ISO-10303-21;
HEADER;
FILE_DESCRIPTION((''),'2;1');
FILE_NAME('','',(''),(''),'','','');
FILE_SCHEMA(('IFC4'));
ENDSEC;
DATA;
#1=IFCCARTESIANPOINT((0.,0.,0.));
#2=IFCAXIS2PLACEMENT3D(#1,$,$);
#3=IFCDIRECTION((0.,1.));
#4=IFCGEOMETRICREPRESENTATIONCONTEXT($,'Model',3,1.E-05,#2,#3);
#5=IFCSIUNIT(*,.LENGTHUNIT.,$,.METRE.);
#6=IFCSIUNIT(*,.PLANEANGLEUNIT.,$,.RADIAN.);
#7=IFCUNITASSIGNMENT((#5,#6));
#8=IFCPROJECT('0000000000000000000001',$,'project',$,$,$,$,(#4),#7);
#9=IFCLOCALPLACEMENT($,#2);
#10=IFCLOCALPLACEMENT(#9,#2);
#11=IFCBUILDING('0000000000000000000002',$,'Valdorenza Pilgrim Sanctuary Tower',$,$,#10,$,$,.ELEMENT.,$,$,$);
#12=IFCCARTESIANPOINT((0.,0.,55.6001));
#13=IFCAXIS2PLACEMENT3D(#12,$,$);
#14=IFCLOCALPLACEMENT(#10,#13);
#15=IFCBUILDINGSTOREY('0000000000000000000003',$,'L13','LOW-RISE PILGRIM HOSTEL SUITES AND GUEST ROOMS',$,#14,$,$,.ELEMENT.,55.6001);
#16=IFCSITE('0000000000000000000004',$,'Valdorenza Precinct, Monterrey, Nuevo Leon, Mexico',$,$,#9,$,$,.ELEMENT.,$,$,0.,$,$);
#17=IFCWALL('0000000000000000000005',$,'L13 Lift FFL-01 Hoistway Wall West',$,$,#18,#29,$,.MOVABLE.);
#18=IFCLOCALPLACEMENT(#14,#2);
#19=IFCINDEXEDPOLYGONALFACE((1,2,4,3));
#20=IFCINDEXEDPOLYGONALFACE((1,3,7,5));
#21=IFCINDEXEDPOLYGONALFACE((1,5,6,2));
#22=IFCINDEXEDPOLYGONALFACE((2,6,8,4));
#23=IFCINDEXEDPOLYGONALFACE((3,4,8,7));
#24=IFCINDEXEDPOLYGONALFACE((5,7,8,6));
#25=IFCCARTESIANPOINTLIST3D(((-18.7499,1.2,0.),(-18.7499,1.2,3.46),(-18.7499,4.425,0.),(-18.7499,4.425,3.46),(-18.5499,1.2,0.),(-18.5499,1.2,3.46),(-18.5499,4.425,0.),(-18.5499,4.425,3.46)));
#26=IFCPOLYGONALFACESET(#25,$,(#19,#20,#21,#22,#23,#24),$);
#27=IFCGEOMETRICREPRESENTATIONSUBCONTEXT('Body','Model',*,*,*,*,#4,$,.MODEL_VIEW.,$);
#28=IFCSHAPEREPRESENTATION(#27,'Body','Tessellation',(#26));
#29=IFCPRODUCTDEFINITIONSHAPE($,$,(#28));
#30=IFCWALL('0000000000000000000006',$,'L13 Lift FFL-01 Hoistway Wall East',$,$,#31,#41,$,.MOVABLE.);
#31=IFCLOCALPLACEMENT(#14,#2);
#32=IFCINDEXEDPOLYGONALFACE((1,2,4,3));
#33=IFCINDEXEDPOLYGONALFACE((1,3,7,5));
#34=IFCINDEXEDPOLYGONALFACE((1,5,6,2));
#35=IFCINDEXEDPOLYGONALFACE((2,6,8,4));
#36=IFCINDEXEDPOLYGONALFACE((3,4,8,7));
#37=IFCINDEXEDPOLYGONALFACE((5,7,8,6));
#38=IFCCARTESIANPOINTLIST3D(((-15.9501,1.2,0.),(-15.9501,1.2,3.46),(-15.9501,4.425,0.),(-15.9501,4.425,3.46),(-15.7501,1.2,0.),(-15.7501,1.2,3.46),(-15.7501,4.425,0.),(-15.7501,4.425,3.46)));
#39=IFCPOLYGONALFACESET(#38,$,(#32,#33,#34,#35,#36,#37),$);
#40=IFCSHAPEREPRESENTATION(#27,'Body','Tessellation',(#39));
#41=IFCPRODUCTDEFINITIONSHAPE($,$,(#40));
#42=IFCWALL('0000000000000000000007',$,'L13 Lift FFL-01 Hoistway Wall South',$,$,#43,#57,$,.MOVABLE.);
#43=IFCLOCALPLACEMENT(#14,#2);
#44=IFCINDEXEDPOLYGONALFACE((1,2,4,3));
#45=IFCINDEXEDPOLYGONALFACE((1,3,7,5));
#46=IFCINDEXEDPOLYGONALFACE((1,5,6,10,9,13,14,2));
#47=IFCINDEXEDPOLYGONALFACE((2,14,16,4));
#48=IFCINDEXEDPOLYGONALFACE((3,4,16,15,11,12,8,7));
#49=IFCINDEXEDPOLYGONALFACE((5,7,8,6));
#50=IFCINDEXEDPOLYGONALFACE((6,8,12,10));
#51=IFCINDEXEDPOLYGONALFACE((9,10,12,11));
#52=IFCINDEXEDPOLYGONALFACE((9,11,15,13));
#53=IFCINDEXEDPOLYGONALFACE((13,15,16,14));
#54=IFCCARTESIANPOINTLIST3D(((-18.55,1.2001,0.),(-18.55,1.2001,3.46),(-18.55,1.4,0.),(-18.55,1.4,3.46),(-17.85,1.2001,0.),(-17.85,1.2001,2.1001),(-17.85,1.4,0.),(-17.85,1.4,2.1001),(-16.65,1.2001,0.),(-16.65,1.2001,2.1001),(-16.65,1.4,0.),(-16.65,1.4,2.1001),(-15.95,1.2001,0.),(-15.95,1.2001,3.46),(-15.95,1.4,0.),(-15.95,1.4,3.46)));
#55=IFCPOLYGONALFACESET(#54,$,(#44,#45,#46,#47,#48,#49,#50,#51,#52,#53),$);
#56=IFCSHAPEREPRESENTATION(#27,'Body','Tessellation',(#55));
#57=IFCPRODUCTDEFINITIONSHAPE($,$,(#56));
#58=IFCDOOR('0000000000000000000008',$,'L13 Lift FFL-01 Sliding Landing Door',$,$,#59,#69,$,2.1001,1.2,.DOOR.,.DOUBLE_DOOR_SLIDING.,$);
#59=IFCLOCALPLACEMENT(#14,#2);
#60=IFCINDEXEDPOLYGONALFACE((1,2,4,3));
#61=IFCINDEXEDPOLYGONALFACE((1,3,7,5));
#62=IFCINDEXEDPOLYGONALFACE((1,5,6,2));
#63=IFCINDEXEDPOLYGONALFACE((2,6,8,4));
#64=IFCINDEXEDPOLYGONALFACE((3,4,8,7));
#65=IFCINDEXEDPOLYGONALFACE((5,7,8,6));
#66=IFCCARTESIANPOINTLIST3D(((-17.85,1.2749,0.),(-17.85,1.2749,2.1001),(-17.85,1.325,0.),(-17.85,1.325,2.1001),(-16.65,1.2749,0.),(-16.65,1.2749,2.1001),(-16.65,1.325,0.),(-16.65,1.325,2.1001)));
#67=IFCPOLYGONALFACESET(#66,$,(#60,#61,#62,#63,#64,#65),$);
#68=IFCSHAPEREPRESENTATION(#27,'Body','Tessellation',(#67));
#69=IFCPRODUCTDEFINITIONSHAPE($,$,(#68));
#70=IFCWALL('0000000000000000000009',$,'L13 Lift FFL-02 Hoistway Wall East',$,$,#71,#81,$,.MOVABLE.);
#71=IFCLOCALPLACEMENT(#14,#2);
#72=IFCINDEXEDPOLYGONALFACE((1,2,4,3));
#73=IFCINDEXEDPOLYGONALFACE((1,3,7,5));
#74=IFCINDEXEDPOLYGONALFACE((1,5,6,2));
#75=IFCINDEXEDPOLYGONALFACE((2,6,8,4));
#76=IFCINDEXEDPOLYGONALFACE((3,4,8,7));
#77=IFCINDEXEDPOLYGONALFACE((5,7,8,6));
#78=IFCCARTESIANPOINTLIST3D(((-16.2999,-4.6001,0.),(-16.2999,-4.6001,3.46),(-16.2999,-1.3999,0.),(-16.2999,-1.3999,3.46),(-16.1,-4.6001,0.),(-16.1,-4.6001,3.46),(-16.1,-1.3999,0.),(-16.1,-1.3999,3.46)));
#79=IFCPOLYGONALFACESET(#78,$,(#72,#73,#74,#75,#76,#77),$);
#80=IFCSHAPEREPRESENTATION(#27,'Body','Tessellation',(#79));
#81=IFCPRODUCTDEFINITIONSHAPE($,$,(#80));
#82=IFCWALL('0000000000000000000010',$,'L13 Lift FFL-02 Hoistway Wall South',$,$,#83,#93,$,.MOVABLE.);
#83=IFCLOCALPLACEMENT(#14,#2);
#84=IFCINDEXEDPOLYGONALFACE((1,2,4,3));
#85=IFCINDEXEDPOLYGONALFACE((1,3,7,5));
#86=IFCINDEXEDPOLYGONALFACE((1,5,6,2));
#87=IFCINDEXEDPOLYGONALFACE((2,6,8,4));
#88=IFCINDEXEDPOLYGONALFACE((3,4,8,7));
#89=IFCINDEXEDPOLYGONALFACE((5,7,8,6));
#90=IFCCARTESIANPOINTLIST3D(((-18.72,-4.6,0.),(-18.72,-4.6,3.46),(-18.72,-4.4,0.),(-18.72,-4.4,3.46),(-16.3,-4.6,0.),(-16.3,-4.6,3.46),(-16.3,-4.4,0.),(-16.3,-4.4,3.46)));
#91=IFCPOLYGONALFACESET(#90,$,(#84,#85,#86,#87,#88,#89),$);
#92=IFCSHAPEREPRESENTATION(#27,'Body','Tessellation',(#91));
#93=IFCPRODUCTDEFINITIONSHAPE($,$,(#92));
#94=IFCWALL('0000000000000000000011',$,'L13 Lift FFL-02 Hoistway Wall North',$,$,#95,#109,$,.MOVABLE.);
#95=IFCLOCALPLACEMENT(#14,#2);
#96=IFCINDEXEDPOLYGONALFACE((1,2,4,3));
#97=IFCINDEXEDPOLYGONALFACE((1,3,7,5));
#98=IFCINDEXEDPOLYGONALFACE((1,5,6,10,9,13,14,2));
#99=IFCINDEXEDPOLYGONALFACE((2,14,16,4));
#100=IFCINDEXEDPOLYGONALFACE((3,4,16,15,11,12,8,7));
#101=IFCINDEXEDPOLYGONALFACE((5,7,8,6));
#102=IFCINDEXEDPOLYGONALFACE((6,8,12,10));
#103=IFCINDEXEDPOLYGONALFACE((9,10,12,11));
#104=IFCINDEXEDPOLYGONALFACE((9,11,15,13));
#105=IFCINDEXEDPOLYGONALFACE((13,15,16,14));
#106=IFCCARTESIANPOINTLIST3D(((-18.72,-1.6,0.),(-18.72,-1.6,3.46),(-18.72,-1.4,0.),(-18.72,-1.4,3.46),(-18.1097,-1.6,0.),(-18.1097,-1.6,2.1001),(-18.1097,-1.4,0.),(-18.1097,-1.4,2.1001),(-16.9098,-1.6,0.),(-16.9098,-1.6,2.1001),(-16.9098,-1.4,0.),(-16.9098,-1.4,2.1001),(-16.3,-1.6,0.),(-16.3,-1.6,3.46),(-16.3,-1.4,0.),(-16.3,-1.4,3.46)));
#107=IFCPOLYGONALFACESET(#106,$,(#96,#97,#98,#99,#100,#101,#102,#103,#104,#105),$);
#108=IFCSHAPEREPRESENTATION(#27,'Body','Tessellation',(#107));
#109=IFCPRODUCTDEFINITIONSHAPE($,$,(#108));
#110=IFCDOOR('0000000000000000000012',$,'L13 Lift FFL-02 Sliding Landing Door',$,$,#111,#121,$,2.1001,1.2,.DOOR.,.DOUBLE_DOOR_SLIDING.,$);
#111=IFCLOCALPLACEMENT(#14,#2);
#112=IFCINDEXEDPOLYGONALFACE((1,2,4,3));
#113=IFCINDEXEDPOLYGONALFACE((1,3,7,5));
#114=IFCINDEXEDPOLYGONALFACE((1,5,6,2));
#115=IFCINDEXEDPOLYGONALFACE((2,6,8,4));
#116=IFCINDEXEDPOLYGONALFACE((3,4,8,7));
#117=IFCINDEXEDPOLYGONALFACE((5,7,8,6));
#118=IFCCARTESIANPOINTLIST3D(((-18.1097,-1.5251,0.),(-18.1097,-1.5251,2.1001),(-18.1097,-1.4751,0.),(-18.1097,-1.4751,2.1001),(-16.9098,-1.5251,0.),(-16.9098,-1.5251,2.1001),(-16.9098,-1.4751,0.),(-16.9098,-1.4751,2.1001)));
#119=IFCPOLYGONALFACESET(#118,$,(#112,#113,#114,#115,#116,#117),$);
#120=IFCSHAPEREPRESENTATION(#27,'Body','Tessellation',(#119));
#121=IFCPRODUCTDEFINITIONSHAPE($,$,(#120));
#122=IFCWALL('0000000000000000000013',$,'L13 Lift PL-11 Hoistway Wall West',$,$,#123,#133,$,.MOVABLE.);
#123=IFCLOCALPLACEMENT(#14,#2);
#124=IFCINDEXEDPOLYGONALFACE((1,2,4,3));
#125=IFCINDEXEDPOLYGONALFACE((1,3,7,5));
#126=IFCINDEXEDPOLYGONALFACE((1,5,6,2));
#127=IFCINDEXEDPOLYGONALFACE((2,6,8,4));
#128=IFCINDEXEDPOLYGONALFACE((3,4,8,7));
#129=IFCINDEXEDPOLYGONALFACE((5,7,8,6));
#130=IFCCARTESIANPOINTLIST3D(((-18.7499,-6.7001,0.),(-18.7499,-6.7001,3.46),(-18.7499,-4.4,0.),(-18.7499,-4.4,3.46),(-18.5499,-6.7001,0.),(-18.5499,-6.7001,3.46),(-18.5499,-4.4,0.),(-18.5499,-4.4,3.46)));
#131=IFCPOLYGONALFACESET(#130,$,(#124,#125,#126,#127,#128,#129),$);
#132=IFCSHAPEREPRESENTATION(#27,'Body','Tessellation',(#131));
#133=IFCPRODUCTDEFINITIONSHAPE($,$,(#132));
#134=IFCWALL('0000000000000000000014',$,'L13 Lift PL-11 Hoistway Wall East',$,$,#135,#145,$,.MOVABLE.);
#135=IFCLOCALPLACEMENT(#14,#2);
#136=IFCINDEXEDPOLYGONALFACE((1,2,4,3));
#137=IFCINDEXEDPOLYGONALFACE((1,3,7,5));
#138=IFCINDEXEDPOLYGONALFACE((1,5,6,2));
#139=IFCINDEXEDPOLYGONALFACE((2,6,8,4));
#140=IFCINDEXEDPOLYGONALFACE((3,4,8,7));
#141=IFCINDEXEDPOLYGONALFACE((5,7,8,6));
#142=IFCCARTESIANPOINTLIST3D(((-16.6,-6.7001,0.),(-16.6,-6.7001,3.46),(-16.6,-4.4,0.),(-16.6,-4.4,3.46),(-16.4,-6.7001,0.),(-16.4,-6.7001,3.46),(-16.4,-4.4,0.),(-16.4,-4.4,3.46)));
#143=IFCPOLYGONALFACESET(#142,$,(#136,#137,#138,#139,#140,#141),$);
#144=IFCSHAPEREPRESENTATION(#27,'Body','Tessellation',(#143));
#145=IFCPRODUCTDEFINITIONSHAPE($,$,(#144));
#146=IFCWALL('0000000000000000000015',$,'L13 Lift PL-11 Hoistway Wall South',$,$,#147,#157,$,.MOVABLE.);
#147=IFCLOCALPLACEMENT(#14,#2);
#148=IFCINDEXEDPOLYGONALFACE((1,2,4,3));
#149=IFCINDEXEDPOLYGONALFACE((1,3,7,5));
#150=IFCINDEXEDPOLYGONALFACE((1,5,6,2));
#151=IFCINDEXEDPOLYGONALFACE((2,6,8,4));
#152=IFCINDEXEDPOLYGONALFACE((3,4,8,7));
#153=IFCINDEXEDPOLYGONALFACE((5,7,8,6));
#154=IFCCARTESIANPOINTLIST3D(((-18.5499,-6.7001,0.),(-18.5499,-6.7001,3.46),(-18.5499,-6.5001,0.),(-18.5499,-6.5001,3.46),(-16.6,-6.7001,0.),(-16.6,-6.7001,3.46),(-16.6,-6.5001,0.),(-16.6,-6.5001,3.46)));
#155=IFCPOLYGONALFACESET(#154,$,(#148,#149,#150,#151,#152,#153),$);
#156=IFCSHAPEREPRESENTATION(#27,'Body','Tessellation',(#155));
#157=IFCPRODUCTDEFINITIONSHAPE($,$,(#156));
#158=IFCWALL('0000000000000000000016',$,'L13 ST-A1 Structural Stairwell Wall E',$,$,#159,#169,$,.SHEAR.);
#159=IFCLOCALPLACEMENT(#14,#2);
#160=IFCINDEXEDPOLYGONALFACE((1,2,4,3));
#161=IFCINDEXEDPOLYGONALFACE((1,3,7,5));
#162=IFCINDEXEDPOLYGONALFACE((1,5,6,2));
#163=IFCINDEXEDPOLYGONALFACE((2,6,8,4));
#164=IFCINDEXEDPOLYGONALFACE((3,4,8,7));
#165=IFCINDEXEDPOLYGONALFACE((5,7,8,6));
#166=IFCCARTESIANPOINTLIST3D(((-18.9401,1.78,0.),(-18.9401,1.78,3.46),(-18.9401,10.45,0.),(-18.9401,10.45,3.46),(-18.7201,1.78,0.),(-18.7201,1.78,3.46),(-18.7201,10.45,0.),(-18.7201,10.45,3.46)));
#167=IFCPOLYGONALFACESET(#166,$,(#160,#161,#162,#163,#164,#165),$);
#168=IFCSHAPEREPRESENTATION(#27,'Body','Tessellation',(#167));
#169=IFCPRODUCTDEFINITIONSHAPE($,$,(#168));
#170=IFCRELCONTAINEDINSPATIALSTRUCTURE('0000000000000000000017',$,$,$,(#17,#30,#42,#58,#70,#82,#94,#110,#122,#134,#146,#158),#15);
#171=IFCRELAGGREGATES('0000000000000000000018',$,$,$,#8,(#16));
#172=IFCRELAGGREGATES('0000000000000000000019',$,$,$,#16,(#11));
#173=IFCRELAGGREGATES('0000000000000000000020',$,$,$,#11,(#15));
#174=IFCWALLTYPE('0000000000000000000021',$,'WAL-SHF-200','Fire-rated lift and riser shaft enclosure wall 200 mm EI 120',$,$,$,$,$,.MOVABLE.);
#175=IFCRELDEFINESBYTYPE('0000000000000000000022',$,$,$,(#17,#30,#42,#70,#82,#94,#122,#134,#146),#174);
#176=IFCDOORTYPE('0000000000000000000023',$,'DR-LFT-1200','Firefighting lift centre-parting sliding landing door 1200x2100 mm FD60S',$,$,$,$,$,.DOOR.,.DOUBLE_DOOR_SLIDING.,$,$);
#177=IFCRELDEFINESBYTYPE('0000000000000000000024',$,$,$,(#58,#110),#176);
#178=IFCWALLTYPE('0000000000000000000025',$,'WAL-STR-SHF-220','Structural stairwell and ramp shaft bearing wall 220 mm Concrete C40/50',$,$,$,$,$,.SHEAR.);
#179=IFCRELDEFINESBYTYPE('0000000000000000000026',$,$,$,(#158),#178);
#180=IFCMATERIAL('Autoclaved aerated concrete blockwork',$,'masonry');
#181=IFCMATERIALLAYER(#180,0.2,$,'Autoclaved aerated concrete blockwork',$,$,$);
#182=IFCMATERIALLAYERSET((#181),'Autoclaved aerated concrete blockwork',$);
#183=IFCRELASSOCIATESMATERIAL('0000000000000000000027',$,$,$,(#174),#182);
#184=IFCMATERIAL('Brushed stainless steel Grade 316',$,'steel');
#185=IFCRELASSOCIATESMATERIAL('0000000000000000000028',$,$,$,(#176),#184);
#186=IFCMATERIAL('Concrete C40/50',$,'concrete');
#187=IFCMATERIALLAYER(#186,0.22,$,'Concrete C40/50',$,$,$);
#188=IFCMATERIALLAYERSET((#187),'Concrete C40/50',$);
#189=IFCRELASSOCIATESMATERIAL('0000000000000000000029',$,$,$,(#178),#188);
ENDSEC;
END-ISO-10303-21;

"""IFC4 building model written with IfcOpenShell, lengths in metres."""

from ifc_helpers import new_model, si_unit, direction, frame, frame_2d, origin, place, context, subcontext, project, spatial, rectangle, extrude, material, layer, layer_set, type_object, element, fill, save


model = new_model("IFC4")

# Units and contexts
model_context = context("Model", 3, precision=1e-05, world=origin(), true_north=direction((0.0, 1.0)))
body_context = subcontext(model_context, "Body", "Model", "MODEL_VIEW")
ifc_project = project(units=[si_unit("LENGTHUNIT", "METRE"), si_unit("PLANEANGLEUNIT", "RADIAN")], contexts=[model_context])

# Site, building, storey
site_placement = place(None, origin())
site = spatial("IfcSite", under=ifc_project, at=site_placement, Name="Valdorenza Precinct, Monterrey, Nuevo Leon, Mexico", CompositionType="ELEMENT", RefElevation=0.0)
building_placement = place(site_placement, origin())
building = spatial("IfcBuilding", under=site, at=building_placement, Name="Valdorenza Pilgrim Sanctuary Tower", CompositionType="ELEMENT")
storey_placement = place(building_placement, frame((0.0, 0.0, 55.6001)))
storey = spatial("IfcBuildingStorey", under=building, at=storey_placement, Name="L13", Description="LOW-RISE PILGRIM HOSTEL SUITES AND GUEST ROOMS", CompositionType="ELEMENT", Elevation=55.6001)

# Walls
ifc_material_1 = material(Name="Autoclaved aerated concrete blockwork", Category="masonry")
ifc_layer_1 = layer(ifc_material_1, 0.2, Name="Autoclaved aerated concrete blockwork")
ifc_layer_set_1 = layer_set([ifc_layer_1], Name="Autoclaved aerated concrete blockwork")
wall_type_1 = type_object("IfcWallType", Name="WAL-SHF-200", Description="Fire-rated lift and riser shaft enclosure wall 200 mm EI 120", PredefinedType="MOVABLE", material=ifc_layer_set_1)
for number, where, z_axis, x_axis, name in (
    (1, (-18.6499, 1.2, 0.0), (0.0, 0.0, 1.0), (0.0, 1.0, 0.0), "L13 Lift FFL-01 Hoistway Wall West"),
    (2, (-15.8501, 1.2, 0.0), (0.0, 0.0, 1.0), (0.0, 1.0, 0.0), "L13 Lift FFL-01 Hoistway Wall East"),
):
    element("IfcWall", number, at=place(storey_placement, frame(where, z_axis=z_axis, x_axis=x_axis)), inside=storey, type_object=wall_type_1, Name=name, PredefinedType="MOVABLE", context=body_context, shape_type="SweptSolid", body=[
        extrude(rectangle(XDim=3.2251, YDim=0.2, at=frame_2d((1.6125, 0.0))), origin(), (0.0, 0.0, 1.0), 3.46),
    ])

# Wall, opening, door
wall_1_placement = place(storey_placement, frame((-18.55, 1.3, 0.0), z_axis=(0.0, 0.0, 1.0), x_axis=(1.0, 0.0, 0.0)))
wall_1 = element("IfcWall", 3, at=wall_1_placement, inside=storey, type_object=wall_type_1, Name="L13 Lift FFL-01 Hoistway Wall South", PredefinedType="MOVABLE", context=body_context, shape_type="SweptSolid", body=[
    extrude(rectangle(XDim=2.6001, YDim=0.2, at=frame_2d((1.3, 0.0))), origin(), (0.0, 0.0, 1.0), 3.46),
])
opening_1_placement = place(wall_1_placement, frame((0.7, 0.0, 0.0)))
opening_1 = element("IfcOpeningElement", 4, at=opening_1_placement, cuts=wall_1, PredefinedType="OPENING", context=body_context, shape_type="SweptSolid", body=[
    extrude(rectangle(XDim=1.2, YDim=2.1001, at=frame_2d((0.6001, 1.05))), frame((0.0, 0.1147, 0.0), z_axis=(0.0, -1.0, 0.0), x_axis=(1.0, 0.0, 0.0)), (0.0, 0.0, 1.0), 0.2297),
])
ifc_material_2 = material(Name="Brushed stainless steel Grade 316", Category="steel")
door_type = type_object("IfcDoorType", Name="DR-LFT-1200", Description="Firefighting lift centre-parting sliding landing door 1200x2100 mm FD60S", OperationType="DOUBLE_DOOR_SLIDING", PredefinedType="DOOR", material=ifc_material_2)
door_1_placement = place(opening_1_placement, origin())
door_1 = element("IfcDoor", 5, at=door_1_placement, inside=storey, type_object=door_type, Name="L13 Lift FFL-01 Sliding Landing Door", OperationType="DOUBLE_DOOR_SLIDING", OverallHeight=2.1001, OverallWidth=1.2, PredefinedType="DOOR", context=body_context, shape_type="SweptSolid", body=[
    extrude(rectangle(XDim=1.2, YDim=2.1001, at=frame_2d((0.6001, 1.05))), frame((0.0, 0.0249, 0.0), z_axis=(0.0, -1.0, 0.0), x_axis=(1.0, 0.0, 0.0)), (0.0, 0.0, 1.0), 0.05),
])
fill(opening_1, door_1)

# Walls
wall_2_placement = place(storey_placement, frame((-16.2, -4.6001, 0.0), z_axis=(0.0, 0.0, 1.0), x_axis=(0.0, 1.0, 0.0)))
element("IfcWall", 6, at=wall_2_placement, inside=storey, type_object=wall_type_1, Name="L13 Lift FFL-02 Hoistway Wall East", PredefinedType="MOVABLE", context=body_context, shape_type="SweptSolid", body=[
    extrude(rectangle(XDim=3.2002, YDim=0.2, at=frame_2d((1.6001, 0.0))), origin(), (0.0, 0.0, 1.0), 3.46),
])
wall_3_placement = place(storey_placement, frame((-18.72, -4.5, 0.0), z_axis=(0.0, 0.0, 1.0), x_axis=(1.0, 0.0, 0.0)))
element("IfcWall", 7, at=wall_3_placement, inside=storey, type_object=wall_type_1, Name="L13 Lift FFL-02 Hoistway Wall South", PredefinedType="MOVABLE", context=body_context, shape_type="SweptSolid", body=[
    extrude(rectangle(XDim=2.4199, YDim=0.2, at=frame_2d((1.21, 0.0))), origin(), (0.0, 0.0, 1.0), 3.46),
])

# Wall, opening, door
wall_4_placement = place(storey_placement, frame((-18.72, -1.5, 0.0), z_axis=(0.0, 0.0, 1.0), x_axis=(1.0, 0.0, 0.0)))
wall_4 = element("IfcWall", 8, at=wall_4_placement, inside=storey, type_object=wall_type_1, Name="L13 Lift FFL-02 Hoistway Wall North", PredefinedType="MOVABLE", context=body_context, shape_type="SweptSolid", body=[
    extrude(rectangle(XDim=2.4199, YDim=0.2, at=frame_2d((1.21, 0.0))), origin(), (0.0, 0.0, 1.0), 3.46),
])
opening_2_placement = place(wall_4_placement, frame((0.6101, 0.0, 0.0)))
opening_2 = element("IfcOpeningElement", 9, at=opening_2_placement, cuts=wall_4, PredefinedType="OPENING", context=body_context, shape_type="SweptSolid", body=[
    extrude(rectangle(XDim=1.2, YDim=2.1001, at=frame_2d((0.6001, 1.05))), frame((0.0, 0.1147, 0.0), z_axis=(0.0, -1.0, 0.0), x_axis=(1.0, 0.0, 0.0)), (0.0, 0.0, 1.0), 0.2297),
])
door_2_placement = place(opening_2_placement, origin())
door_2 = element("IfcDoor", 10, at=door_2_placement, inside=storey, type_object=door_type, Name="L13 Lift FFL-02 Sliding Landing Door", OperationType="DOUBLE_DOOR_SLIDING", OverallHeight=2.1001, OverallWidth=1.2, PredefinedType="DOOR", context=body_context, shape_type="SweptSolid", body=[
    extrude(rectangle(XDim=1.2, YDim=2.1001, at=frame_2d((0.6001, 1.05))), frame((0.0, 0.0249, 0.0), z_axis=(0.0, -1.0, 0.0), x_axis=(1.0, 0.0, 0.0)), (0.0, 0.0, 1.0), 0.05),
])
fill(opening_2, door_2)

# Walls
for number, where, z_axis, x_axis, name in (
    (11, (-18.6499, -6.7, 0.0), (0.0, 0.0, 1.0), (0.0, 1.0, 0.0), "L13 Lift PL-11 Hoistway Wall West"),
    (12, (-16.5, -6.7, 0.0), (0.0, 0.0, 1.0), (0.0, 1.0, 0.0), "L13 Lift PL-11 Hoistway Wall East"),
):
    element("IfcWall", number, at=place(storey_placement, frame(where, z_axis=z_axis, x_axis=x_axis)), inside=storey, type_object=wall_type_1, Name=name, PredefinedType="MOVABLE", context=body_context, shape_type="SweptSolid", body=[
        extrude(rectangle(XDim=2.3, YDim=0.2, at=frame_2d((1.1499, 0.0))), origin(), (0.0, 0.0, 1.0), 3.46),
    ])
wall_5_placement = place(storey_placement, frame((-18.55, -6.6001, 0.0), z_axis=(0.0, 0.0, 1.0), x_axis=(1.0, 0.0, 0.0)))
element("IfcWall", 13, at=wall_5_placement, inside=storey, type_object=wall_type_1, Name="L13 Lift PL-11 Hoistway Wall South", PredefinedType="MOVABLE", context=body_context, shape_type="SweptSolid", body=[
    extrude(rectangle(XDim=1.95, YDim=0.2, at=frame_2d((0.9751, 0.0))), origin(), (0.0, 0.0, 1.0), 3.46),
])
ifc_material_3 = material(Name="Concrete C40/50", Category="concrete")
ifc_layer_2 = layer(ifc_material_3, 0.22, Name="Concrete C40/50")
ifc_layer_set_2 = layer_set([ifc_layer_2], Name="Concrete C40/50")
wall_type_2 = type_object("IfcWallType", Name="WAL-STR-SHF-220", Description="Structural stairwell and ramp shaft bearing wall 220 mm Concrete C40/50", PredefinedType="SHEAR", material=ifc_layer_set_2)
wall_6_placement = place(storey_placement, frame((-18.8301, 1.78, 0.0), z_axis=(0.0, 0.0, 1.0), x_axis=(0.0, 1.0, 0.0)))
element("IfcWall", 14, at=wall_6_placement, inside=storey, type_object=wall_type_2, Name="L13 ST-A1 Structural Stairwell Wall E", PredefinedType="SHEAR", context=body_context, shape_type="SweptSolid", body=[
    extrude(rectangle(XDim=8.6699, YDim=0.22, at=frame_2d((4.335, 0.0))), origin(), (0.0, 0.0, 1.0), 3.46),
])

save(model, "model.ifc")
